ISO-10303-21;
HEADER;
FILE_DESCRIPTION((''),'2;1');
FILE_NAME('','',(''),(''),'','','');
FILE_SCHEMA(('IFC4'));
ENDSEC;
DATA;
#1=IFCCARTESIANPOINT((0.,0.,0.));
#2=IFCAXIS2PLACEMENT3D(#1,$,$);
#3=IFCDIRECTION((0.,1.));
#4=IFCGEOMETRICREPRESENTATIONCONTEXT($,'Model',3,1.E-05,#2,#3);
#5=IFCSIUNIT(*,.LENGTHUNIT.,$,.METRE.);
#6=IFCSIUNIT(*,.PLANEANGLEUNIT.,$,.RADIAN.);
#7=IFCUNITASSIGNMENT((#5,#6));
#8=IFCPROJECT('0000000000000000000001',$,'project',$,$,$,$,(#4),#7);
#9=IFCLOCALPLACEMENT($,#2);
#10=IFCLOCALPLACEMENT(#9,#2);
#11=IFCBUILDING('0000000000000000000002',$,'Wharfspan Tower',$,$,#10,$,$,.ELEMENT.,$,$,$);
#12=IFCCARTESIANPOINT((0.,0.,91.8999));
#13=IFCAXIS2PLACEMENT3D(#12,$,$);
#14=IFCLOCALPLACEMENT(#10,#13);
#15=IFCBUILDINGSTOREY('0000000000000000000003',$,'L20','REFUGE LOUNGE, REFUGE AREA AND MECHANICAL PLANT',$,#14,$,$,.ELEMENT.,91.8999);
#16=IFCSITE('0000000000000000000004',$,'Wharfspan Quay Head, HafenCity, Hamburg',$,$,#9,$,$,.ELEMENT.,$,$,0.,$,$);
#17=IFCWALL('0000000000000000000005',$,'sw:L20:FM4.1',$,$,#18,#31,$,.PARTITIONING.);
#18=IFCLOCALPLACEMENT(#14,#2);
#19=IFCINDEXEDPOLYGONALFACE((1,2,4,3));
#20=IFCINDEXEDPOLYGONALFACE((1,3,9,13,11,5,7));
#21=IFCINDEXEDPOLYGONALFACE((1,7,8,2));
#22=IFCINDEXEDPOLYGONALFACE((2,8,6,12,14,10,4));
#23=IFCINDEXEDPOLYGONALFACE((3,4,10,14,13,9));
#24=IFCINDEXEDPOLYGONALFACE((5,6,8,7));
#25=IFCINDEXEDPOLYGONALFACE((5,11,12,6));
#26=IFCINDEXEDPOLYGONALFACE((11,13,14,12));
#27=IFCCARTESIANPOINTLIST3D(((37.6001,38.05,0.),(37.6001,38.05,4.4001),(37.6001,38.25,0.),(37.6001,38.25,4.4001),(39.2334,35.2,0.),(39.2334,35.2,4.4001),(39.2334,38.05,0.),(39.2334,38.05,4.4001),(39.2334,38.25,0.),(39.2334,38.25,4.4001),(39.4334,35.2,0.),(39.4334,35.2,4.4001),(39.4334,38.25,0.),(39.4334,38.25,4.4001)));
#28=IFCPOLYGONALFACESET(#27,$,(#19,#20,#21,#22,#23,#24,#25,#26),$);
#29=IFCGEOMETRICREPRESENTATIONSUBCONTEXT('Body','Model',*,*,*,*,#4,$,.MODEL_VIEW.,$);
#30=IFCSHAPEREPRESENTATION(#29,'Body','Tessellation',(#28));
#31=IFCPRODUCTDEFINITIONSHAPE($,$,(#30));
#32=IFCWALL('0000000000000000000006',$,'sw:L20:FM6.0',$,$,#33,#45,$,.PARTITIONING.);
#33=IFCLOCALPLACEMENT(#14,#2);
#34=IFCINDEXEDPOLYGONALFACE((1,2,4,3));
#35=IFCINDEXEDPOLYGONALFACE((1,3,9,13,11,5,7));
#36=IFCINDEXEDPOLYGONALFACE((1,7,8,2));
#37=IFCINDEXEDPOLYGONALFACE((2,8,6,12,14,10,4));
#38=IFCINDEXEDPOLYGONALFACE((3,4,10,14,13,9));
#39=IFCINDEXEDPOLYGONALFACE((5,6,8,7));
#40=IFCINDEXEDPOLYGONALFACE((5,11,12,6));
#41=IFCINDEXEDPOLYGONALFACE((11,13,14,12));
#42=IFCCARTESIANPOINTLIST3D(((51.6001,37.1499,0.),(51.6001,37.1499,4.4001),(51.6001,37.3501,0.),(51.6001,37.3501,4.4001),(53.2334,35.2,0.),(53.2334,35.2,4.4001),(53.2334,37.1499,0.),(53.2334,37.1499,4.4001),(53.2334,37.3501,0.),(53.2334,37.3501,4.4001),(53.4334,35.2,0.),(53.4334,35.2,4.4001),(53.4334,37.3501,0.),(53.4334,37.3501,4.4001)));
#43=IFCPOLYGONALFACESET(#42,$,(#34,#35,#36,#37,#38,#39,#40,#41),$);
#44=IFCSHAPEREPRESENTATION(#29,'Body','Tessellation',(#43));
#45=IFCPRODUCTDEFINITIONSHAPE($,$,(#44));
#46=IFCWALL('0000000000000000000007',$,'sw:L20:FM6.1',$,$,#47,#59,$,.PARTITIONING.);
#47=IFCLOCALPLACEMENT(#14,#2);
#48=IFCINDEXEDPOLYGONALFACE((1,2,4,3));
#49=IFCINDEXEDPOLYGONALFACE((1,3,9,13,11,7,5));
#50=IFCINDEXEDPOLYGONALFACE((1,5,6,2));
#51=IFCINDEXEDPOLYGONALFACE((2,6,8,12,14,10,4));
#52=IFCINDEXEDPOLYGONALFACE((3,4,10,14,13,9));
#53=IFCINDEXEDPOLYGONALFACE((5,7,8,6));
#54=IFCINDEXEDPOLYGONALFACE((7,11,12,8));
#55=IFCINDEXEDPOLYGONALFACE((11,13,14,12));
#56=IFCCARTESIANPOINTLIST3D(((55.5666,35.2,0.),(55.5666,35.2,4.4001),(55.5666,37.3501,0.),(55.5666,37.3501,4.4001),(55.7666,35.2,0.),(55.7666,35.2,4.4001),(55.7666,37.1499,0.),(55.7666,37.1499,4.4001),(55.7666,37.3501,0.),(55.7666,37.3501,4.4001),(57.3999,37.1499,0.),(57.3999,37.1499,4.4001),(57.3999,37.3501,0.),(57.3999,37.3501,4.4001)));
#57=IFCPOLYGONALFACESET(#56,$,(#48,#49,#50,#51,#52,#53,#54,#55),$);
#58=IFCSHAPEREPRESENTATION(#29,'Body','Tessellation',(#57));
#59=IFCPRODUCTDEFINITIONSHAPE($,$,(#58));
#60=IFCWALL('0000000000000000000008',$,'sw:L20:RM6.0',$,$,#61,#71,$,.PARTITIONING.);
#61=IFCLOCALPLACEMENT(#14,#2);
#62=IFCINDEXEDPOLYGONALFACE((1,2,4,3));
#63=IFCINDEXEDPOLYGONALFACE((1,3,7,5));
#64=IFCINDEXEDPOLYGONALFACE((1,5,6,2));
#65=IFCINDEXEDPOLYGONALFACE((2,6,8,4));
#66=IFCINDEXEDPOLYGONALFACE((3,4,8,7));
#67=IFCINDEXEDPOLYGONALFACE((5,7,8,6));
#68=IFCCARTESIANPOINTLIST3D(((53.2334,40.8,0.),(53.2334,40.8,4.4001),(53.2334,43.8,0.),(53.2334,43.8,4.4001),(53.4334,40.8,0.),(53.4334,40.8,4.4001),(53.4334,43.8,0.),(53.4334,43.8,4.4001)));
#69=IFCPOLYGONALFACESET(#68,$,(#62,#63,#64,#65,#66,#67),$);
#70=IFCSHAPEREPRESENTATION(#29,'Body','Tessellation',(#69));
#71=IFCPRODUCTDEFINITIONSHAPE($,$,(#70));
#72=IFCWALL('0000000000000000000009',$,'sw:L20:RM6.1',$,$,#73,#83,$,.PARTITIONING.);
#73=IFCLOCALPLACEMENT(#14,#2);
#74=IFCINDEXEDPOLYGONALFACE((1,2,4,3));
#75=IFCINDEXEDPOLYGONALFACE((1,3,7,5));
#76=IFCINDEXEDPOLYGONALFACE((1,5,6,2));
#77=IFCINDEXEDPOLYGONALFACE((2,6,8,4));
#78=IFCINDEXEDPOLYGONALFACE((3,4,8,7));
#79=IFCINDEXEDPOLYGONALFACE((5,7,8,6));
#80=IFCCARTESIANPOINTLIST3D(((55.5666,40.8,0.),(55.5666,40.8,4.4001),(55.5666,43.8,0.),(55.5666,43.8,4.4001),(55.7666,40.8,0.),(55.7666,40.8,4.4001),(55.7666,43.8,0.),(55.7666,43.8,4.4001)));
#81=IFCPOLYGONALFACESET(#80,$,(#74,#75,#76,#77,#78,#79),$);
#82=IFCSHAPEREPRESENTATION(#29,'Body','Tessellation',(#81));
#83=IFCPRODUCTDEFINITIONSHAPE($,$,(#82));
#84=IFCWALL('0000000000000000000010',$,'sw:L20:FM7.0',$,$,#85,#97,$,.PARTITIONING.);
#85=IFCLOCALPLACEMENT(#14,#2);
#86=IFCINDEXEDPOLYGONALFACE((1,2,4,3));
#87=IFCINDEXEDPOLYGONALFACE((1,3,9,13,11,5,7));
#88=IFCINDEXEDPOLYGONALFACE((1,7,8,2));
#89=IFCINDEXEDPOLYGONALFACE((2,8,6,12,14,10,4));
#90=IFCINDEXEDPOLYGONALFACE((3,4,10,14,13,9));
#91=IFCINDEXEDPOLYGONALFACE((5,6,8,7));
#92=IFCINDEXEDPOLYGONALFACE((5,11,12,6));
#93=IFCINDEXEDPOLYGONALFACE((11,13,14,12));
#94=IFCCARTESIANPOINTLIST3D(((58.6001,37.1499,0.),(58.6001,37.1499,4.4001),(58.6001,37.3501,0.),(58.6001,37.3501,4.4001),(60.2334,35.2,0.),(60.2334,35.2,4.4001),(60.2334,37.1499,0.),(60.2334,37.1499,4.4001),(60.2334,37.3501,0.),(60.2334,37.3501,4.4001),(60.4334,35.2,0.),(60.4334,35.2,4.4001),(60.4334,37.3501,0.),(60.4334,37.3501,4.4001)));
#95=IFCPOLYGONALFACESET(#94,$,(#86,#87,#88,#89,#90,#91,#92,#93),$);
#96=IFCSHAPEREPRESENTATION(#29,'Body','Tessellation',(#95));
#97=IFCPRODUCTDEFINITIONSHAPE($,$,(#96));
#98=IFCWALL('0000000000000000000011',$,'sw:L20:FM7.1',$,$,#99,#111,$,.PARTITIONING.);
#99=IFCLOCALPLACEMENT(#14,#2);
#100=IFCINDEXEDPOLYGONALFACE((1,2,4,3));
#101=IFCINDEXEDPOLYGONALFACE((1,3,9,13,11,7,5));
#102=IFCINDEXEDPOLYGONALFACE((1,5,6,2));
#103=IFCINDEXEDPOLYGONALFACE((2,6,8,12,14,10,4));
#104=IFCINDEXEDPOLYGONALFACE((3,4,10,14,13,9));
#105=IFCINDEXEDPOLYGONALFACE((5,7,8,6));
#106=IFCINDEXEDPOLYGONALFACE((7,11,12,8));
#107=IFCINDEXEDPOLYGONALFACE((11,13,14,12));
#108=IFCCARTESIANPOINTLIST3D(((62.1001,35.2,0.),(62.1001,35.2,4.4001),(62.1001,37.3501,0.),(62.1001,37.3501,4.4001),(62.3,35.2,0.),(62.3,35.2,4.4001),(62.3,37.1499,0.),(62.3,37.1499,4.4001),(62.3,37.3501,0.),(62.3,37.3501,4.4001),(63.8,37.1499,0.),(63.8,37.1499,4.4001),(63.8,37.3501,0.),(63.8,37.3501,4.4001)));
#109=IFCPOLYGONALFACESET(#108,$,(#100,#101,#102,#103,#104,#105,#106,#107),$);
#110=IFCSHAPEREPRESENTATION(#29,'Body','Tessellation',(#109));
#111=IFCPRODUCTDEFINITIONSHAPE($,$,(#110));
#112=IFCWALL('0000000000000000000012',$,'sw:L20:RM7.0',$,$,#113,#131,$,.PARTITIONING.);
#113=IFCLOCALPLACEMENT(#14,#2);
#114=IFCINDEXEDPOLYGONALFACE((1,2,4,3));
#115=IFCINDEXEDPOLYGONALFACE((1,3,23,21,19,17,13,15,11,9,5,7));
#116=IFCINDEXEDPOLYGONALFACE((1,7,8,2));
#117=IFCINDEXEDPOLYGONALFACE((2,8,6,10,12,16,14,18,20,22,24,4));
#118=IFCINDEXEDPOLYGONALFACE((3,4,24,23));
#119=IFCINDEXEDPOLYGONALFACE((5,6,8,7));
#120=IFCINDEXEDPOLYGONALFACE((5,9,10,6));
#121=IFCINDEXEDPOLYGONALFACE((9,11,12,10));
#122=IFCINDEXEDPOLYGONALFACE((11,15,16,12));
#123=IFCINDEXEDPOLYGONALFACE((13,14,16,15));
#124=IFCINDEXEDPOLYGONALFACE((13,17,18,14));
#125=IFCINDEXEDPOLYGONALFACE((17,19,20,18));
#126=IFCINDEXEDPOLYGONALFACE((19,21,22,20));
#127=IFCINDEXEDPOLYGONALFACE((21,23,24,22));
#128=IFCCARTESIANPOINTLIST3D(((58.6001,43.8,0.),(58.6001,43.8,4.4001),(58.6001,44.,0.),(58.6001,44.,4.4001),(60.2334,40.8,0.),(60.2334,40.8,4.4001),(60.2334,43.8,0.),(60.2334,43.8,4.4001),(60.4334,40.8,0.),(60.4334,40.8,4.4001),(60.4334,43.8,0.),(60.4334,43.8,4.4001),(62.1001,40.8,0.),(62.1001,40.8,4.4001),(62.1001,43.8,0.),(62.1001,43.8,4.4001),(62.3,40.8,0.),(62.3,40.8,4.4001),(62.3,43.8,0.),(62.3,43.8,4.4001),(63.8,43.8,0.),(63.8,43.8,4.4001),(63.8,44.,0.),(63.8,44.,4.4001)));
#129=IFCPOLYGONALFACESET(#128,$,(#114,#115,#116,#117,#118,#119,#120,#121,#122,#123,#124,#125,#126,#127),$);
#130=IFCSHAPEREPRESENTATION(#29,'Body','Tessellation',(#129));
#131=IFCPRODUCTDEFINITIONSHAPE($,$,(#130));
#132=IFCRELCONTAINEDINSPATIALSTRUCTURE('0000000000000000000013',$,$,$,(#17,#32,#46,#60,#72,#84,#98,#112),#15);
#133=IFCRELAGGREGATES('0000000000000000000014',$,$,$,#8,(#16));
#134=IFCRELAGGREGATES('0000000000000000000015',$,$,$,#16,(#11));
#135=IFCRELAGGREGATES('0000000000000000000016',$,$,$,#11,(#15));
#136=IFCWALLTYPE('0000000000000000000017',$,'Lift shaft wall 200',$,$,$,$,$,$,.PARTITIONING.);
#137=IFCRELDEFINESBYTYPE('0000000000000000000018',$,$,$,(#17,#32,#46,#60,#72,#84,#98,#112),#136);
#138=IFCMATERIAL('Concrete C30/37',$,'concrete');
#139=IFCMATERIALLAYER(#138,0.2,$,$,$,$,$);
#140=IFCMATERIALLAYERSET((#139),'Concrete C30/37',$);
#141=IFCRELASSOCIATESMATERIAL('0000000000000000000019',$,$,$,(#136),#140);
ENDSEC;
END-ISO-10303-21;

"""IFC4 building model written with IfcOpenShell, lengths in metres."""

from ifc_helpers import new_model, si_unit, direction, frame, origin, place, context, subcontext, project, spatial, polyline, outline, extrude, material, layer, layer_set, type_object, element, save


model = new_model("IFC4")

# Units and contexts
model_context = context("Model", 3, precision=1e-05, world=origin(), true_north=direction((0.0, 1.0)))
body_context = subcontext(model_context, "Body", "Model", "MODEL_VIEW")
ifc_project = project(units=[si_unit("LENGTHUNIT", "METRE"), si_unit("PLANEANGLEUNIT", "RADIAN")], contexts=[model_context])

# Site, building, storey
site_placement = place(None, origin())
site = spatial("IfcSite", under=ifc_project, at=site_placement, Name="Wharfspan Quay Head, HafenCity, Hamburg", CompositionType="ELEMENT", RefElevation=0.0)
building_placement = place(site_placement, origin())
building = spatial("IfcBuilding", under=site, at=building_placement, Name="Wharfspan Tower", CompositionType="ELEMENT")
storey_placement = place(building_placement, frame((0.0, 0.0, 91.8999)))
storey = spatial("IfcBuildingStorey", under=building, at=storey_placement, Name="L20", Description="REFUGE LOUNGE, REFUGE AREA AND MECHANICAL PLANT", CompositionType="ELEMENT", Elevation=91.8999)

# Walls
ifc_material_1 = material(Name="Concrete C30/37", Category="concrete")
ifc_layer_1 = layer(ifc_material_1, 0.2)
ifc_layer_set_1 = layer_set([ifc_layer_1], Name="Concrete C30/37")
wall_type_1 = type_object("IfcWallType", Name="Lift shaft wall 200", PredefinedType="PARTITIONING", material=ifc_layer_set_1)
wall_1_placement = place(storey_placement, origin())
element("IfcWall", 1, at=wall_1_placement, inside=storey, type_object=wall_type_1, Name="sw:L20:FM4.1", PredefinedType="PARTITIONING", context=body_context, shape_type="SweptSolid", body=[
    extrude(outline(polyline([(39.2334, 38.05), (37.6001, 38.05), (37.6001, 38.25), (39.2334, 38.25), (39.4333, 38.25), (39.4333, 35.2), (39.2334, 35.2), (39.2334, 38.05)])), origin(), (0.0, 0.0, 1.0), 4.4001),
])
wall_2_placement = place(storey_placement, origin())
element("IfcWall", 2, at=wall_2_placement, inside=storey, type_object=wall_type_1, Name="sw:L20:FM6.0", PredefinedType="PARTITIONING", context=body_context, shape_type="SweptSolid", body=[
    extrude(outline(polyline([(53.2334, 37.1499), (51.6001, 37.1499), (51.6001, 37.3501), (53.2334, 37.3501), (53.4333, 37.3501), (53.4333, 35.2), (53.2334, 35.2), (53.2334, 37.1499)])), origin(), (0.0, 0.0, 1.0), 4.4001),
])
wall_3_placement = place(storey_placement, origin())
element("IfcWall", 3, at=wall_3_placement, inside=storey, type_object=wall_type_1, Name="sw:L20:FM6.1", PredefinedType="PARTITIONING", context=body_context, shape_type="SweptSolid", body=[
    extrude(outline(polyline([(55.5667, 37.3501), (55.7666, 37.3501), (57.3999, 37.3501), (57.3999, 37.1499), (55.7666, 37.1499), (55.7666, 35.2), (55.5667, 35.2), (55.5667, 37.3501)])), origin(), (0.0, 0.0, 1.0), 4.4001),
])
wall_4_placement = place(storey_placement, origin())
element("IfcWall", 4, at=wall_4_placement, inside=storey, type_object=wall_type_1, Name="sw:L20:RM6.0", PredefinedType="PARTITIONING", context=body_context, shape_type="SweptSolid", body=[
    extrude(outline(polyline([(53.2334, 40.8), (53.2334, 43.8), (53.4333, 43.8), (53.4333, 40.8), (53.2334, 40.8)])), origin(), (0.0, 0.0, 1.0), 4.4001),
])
wall_5_placement = place(storey_placement, origin())
element("IfcWall", 5, at=wall_5_placement, inside=storey, type_object=wall_type_1, Name="sw:L20:RM6.1", PredefinedType="PARTITIONING", context=body_context, shape_type="SweptSolid", body=[
    extrude(outline(polyline([(55.5667, 40.8), (55.5667, 43.8), (55.7666, 43.8), (55.7666, 40.8), (55.5667, 40.8)])), origin(), (0.0, 0.0, 1.0), 4.4001),
])
wall_6_placement = place(storey_placement, origin())
element("IfcWall", 6, at=wall_6_placement, inside=storey, type_object=wall_type_1, Name="sw:L20:FM7.0", PredefinedType="PARTITIONING", context=body_context, shape_type="SweptSolid", body=[
    extrude(outline(polyline([(60.2334, 37.1499), (58.6001, 37.1499), (58.6001, 37.3501), (60.2334, 37.3501), (60.4333, 37.3501), (60.4333, 35.2), (60.2334, 35.2), (60.2334, 37.1499)])), origin(), (0.0, 0.0, 1.0), 4.4001),
])
wall_7_placement = place(storey_placement, origin())
element("IfcWall", 7, at=wall_7_placement, inside=storey, type_object=wall_type_1, Name="sw:L20:FM7.1", PredefinedType="PARTITIONING", context=body_context, shape_type="SweptSolid", body=[
    extrude(outline(polyline([(62.1001, 37.3501), (62.3, 37.3501), (63.8, 37.3501), (63.8, 37.1499), (62.3, 37.1499), (62.3, 35.2), (62.1001, 35.2), (62.1001, 37.3501)])), origin(), (0.0, 0.0, 1.0), 4.4001),
])
wall_8_placement = place(storey_placement, origin())
element("IfcWall", 8, at=wall_8_placement, inside=storey, type_object=wall_type_1, Name="sw:L20:RM7.0", PredefinedType="PARTITIONING", context=body_context, shape_type="SweptSolid", body=[
    extrude(outline(polyline([(60.4333, 40.8), (60.2334, 40.8), (60.2334, 43.8), (58.6001, 43.8), (58.6001, 44.0), (63.8, 44.0), (63.8, 43.8), (62.3, 43.8), (62.3, 40.8), (62.1001, 40.8), (62.1001, 43.8), (60.4333, 43.8), (60.4333, 40.8)])), origin(), (0.0, 0.0, 1.0), 4.4001),
])

save(model, "model.ifc")
